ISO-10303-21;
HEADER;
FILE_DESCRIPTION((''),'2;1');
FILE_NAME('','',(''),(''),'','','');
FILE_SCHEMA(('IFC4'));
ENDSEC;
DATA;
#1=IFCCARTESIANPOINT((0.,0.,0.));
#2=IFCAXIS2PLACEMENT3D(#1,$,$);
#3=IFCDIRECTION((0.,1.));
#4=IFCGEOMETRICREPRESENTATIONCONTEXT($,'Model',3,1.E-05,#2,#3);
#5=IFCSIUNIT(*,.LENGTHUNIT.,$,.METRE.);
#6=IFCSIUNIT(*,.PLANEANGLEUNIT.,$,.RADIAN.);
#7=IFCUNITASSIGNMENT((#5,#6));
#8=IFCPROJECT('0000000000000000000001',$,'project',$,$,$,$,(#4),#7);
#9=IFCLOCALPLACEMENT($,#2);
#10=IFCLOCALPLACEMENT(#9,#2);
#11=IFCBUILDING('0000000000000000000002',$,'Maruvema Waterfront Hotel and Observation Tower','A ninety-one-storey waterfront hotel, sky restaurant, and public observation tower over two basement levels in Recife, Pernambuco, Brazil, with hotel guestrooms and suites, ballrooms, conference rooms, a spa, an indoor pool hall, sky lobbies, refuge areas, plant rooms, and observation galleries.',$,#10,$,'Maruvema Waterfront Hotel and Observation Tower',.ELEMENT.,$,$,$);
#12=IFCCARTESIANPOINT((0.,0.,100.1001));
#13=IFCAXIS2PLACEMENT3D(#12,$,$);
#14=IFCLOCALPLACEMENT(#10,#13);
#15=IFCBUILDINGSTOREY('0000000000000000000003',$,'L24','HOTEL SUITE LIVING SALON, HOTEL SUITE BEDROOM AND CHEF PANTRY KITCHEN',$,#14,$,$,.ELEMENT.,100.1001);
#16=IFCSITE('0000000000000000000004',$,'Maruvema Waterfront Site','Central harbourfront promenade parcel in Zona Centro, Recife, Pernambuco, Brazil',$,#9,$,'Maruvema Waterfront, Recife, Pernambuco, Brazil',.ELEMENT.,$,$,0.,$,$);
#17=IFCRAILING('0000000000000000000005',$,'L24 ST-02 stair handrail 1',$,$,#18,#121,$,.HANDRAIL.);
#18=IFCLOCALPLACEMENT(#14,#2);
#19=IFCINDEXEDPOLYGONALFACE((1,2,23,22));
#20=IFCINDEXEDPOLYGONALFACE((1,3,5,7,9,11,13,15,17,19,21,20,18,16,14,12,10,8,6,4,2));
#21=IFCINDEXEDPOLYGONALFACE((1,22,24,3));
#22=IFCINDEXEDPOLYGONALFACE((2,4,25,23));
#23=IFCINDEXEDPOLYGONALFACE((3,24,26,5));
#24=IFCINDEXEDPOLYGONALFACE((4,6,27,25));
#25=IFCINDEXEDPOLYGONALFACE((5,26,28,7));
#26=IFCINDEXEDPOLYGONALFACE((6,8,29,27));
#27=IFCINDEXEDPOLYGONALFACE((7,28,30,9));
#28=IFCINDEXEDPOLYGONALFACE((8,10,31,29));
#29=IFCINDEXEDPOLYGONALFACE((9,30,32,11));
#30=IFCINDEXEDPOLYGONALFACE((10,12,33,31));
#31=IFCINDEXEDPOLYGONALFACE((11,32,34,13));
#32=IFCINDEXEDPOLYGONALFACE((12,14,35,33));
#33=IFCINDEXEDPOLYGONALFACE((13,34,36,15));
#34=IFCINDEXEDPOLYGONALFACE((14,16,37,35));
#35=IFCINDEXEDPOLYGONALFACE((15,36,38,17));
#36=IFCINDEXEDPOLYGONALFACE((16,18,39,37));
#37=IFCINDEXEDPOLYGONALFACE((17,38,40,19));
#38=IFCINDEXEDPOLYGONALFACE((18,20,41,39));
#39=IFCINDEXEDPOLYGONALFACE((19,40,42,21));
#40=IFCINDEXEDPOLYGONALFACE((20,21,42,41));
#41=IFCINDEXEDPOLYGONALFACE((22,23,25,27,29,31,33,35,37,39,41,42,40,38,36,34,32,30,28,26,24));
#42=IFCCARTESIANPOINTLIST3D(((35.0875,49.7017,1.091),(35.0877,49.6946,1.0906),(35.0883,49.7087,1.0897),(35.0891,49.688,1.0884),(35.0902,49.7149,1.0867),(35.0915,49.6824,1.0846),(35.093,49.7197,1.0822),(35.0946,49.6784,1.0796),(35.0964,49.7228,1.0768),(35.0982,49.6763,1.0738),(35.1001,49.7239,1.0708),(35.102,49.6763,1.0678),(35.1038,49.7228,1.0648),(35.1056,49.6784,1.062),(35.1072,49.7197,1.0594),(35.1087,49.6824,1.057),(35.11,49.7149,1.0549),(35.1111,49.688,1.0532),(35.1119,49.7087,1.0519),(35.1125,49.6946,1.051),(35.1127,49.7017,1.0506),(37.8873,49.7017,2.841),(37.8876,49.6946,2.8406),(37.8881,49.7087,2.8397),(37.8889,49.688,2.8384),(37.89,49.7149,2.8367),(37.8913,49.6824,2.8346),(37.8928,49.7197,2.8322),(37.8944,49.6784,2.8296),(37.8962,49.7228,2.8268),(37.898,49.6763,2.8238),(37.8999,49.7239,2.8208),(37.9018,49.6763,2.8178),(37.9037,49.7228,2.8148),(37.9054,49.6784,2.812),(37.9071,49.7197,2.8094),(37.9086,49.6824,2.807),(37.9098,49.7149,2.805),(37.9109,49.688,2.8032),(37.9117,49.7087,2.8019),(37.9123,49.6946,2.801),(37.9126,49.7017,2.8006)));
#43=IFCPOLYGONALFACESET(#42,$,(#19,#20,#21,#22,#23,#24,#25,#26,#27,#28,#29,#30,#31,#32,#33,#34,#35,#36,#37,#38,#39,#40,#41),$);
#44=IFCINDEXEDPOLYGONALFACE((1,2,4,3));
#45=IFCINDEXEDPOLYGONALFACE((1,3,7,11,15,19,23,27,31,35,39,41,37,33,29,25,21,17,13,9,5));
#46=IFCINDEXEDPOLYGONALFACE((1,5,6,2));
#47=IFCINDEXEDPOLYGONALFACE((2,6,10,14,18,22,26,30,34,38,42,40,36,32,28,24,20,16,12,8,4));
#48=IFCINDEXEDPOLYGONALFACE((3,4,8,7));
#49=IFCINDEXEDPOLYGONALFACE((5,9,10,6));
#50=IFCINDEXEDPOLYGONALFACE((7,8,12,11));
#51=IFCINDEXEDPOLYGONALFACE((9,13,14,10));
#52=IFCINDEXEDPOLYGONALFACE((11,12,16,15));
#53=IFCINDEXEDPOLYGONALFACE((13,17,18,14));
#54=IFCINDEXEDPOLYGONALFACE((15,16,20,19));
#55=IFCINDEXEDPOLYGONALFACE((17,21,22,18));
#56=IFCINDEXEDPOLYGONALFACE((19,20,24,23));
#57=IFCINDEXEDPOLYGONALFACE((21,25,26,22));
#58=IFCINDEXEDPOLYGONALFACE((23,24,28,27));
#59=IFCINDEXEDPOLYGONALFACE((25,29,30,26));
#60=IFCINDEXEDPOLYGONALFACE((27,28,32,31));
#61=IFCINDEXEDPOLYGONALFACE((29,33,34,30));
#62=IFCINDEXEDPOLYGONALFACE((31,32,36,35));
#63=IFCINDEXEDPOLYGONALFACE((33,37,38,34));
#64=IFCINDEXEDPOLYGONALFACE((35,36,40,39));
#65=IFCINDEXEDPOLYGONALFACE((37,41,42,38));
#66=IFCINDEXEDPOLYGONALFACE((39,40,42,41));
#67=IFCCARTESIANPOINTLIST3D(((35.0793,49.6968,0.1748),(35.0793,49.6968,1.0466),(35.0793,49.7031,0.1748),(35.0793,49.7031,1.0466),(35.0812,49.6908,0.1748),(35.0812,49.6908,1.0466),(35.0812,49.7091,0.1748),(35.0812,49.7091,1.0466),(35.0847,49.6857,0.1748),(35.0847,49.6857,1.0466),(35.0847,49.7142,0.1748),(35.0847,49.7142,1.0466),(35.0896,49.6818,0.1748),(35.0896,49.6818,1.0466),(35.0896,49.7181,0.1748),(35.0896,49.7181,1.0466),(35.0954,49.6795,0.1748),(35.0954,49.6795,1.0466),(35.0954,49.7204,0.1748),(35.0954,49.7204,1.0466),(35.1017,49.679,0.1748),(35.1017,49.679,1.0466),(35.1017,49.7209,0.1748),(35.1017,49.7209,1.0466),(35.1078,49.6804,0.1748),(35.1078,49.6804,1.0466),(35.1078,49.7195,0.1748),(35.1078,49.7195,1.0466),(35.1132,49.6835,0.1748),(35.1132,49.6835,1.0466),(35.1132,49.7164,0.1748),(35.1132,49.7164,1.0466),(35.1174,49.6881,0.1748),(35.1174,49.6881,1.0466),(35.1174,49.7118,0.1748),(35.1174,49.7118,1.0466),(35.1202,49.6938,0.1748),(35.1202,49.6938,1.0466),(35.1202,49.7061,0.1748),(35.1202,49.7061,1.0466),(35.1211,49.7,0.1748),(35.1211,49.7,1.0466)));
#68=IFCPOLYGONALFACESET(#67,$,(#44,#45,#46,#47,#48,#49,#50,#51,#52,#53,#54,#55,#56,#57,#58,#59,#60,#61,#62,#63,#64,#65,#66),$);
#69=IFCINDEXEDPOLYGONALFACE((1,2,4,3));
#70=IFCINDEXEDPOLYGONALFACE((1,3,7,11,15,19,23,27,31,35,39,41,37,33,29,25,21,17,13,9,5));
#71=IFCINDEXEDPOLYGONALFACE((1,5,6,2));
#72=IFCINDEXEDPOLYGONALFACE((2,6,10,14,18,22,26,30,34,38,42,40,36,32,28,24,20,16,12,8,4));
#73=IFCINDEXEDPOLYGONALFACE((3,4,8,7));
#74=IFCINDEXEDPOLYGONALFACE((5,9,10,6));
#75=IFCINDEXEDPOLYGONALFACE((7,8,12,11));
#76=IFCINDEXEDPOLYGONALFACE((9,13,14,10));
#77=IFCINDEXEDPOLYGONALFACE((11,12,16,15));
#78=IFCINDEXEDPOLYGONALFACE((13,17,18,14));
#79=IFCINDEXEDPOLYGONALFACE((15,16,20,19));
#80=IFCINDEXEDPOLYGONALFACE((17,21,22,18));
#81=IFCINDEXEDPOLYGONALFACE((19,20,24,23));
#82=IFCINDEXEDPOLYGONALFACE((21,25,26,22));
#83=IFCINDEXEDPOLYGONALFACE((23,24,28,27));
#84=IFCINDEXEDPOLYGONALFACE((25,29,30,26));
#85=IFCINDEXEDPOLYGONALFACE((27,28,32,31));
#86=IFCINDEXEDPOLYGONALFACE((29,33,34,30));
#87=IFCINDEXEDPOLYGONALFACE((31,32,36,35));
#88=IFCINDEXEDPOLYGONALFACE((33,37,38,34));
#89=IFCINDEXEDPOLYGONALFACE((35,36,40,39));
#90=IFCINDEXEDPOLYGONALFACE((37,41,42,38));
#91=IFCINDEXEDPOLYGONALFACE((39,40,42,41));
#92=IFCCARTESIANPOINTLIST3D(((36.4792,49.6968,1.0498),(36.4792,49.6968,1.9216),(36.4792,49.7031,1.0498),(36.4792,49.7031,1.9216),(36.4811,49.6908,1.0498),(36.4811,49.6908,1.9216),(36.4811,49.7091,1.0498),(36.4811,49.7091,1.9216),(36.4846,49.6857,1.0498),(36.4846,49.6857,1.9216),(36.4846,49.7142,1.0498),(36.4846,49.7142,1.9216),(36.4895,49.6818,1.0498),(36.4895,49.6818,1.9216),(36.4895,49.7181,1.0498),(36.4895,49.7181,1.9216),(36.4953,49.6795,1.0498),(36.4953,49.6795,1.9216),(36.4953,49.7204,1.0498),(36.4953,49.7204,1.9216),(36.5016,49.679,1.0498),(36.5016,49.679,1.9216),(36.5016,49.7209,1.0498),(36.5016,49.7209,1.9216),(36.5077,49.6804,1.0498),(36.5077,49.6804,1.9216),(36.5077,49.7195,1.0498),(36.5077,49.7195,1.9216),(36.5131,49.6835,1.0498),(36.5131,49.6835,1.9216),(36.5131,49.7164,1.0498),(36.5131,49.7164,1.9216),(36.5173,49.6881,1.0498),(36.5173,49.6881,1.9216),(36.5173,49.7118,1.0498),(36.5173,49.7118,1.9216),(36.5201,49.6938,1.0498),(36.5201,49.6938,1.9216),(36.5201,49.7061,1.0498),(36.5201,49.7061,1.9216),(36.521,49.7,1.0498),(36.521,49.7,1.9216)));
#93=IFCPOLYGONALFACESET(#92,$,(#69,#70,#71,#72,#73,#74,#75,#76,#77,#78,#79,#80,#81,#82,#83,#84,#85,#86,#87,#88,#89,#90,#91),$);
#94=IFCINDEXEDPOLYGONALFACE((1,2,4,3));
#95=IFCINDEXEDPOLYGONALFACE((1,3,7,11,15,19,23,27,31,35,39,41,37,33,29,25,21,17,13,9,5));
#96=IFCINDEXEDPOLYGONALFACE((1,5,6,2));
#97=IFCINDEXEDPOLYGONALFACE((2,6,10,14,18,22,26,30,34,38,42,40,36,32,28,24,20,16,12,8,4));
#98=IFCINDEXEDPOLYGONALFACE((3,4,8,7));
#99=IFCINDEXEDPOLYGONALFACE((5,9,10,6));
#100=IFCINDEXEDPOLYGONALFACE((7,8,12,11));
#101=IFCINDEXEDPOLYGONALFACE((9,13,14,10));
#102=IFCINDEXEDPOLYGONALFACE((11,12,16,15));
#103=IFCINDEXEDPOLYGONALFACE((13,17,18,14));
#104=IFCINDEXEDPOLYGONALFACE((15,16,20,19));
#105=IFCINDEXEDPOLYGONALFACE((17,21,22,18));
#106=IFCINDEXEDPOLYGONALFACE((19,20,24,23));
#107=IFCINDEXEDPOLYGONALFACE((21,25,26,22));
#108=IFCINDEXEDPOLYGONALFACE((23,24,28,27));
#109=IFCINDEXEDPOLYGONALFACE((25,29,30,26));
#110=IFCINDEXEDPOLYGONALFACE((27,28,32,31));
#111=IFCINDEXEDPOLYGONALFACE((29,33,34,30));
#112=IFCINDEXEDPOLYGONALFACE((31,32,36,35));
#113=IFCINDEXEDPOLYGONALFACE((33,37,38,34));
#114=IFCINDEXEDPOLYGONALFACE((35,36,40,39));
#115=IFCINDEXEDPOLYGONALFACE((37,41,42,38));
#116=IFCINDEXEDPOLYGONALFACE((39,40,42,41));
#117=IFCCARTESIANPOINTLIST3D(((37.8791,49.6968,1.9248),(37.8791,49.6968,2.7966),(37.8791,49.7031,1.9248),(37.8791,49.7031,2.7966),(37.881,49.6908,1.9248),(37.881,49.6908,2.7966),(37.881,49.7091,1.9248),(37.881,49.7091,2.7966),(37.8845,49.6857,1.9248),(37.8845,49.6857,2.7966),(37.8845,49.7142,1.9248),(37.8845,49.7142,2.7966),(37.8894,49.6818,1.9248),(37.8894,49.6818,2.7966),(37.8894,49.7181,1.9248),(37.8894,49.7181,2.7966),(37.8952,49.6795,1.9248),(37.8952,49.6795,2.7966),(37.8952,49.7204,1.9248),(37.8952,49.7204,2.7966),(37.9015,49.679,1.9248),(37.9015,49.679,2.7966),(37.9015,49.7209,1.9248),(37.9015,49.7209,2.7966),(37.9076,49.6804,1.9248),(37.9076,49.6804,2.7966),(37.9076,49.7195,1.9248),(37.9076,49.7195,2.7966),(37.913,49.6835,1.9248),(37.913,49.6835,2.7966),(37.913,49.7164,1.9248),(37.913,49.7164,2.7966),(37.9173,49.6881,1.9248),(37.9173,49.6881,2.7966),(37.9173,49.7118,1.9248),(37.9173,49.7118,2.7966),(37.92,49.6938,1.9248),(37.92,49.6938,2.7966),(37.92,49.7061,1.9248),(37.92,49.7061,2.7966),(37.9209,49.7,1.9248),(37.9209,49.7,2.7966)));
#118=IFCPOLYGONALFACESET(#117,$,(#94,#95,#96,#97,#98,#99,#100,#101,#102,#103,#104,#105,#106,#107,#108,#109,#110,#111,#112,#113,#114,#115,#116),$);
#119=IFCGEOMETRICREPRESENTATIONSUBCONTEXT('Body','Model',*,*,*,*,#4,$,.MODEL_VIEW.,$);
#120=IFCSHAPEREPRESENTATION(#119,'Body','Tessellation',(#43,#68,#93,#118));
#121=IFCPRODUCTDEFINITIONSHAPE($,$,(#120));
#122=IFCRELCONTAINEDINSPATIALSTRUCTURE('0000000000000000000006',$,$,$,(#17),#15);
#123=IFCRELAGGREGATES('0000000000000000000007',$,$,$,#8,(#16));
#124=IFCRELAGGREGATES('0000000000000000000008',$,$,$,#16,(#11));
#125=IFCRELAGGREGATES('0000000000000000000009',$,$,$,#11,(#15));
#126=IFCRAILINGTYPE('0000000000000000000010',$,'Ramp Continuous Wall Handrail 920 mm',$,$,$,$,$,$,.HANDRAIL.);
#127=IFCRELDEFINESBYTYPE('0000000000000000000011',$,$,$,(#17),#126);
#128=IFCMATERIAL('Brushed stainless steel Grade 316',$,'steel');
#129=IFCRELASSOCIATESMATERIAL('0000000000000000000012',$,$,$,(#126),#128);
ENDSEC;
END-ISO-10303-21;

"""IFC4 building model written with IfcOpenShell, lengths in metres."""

from ifc_helpers import new_model, si_unit, direction, frame, origin, origin_2d, place, context, subcontext, project, spatial, circle, extrude, material, type_object, element, save


model = new_model("IFC4")

# Units and contexts
model_context = context("Model", 3, precision=1e-05, world=origin(), true_north=direction((0.0, 1.0)))
body_context = subcontext(model_context, "Body", "Model", "MODEL_VIEW")
ifc_project = project(units=[si_unit("LENGTHUNIT", "METRE"), si_unit("PLANEANGLEUNIT", "RADIAN")], contexts=[model_context])

# Site, building, storey
site_placement = place(None, origin())
site = spatial("IfcSite", under=ifc_project, at=site_placement, Name="Maruvema Waterfront Site", Description="Central harbourfront promenade parcel in Zona Centro, Recife, Pernambuco, Brazil", LongName="Maruvema Waterfront, Recife, Pernambuco, Brazil", CompositionType="ELEMENT", RefElevation=0.0)
building_placement = place(site_placement, origin())
building = spatial("IfcBuilding", under=site, at=building_placement, Name="Maruvema Waterfront Hotel and Observation Tower", Description="A ninety-one-storey waterfront hotel, sky restaurant, and public observation tower over two basement levels in Recife, Pernambuco, Brazil, with hotel guestrooms and suites, ballrooms, conference rooms, a spa, an indoor pool hall, sky lobbies, refuge areas, plant rooms, and observation galleries.", LongName="Maruvema Waterfront Hotel and Observation Tower", CompositionType="ELEMENT")
storey_placement = place(building_placement, frame((0.0, 0.0, 100.1001)))
storey = spatial("IfcBuildingStorey", under=building, at=storey_placement, Name="L24", Description="HOTEL SUITE LIVING SALON, HOTEL SUITE BEDROOM AND CHEF PANTRY KITCHEN", CompositionType="ELEMENT", Elevation=100.1001)

# Railing
ifc_material_1 = material(Name="Brushed stainless steel Grade 316", Category="steel")
railing_type_1 = type_object("IfcRailingType", Name="Ramp Continuous Wall Handrail 920 mm", PredefinedType="HANDRAIL", material=ifc_material_1)
railing_1_placement = place(storey_placement, frame((35.1001, 49.7, 0.1748)))
element("IfcRailing", 1, at=railing_1_placement, inside=storey, type_object=railing_type_1, Name="L24 ST-02 stair handrail 1", PredefinedType="HANDRAIL", context=body_context, shape_type="SweptSolid", body=[
    extrude(circle(Radius=0.0239, at=origin_2d()), frame((0.0, 0.0, 0.896), z_axis=(0.847982, 0.0, 0.530026), x_axis=(0.0, 1.0, 0.0)), (0.0, 0.0, 1.0), 3.3018),
    extrude(circle(Radius=0.021, at=origin_2d()), origin(), (0.0, 0.0, 1.0), 0.8718),
    extrude(circle(Radius=0.021, at=origin_2d()), frame((1.3999, 0.0, 0.875)), (0.0, 0.0, 1.0), 0.8718),
    extrude(circle(Radius=0.021, at=origin_2d()), frame((2.7998, 0.0, 1.75)), (0.0, 0.0, 1.0), 0.8718),
])

save(model, "model.ifc")
